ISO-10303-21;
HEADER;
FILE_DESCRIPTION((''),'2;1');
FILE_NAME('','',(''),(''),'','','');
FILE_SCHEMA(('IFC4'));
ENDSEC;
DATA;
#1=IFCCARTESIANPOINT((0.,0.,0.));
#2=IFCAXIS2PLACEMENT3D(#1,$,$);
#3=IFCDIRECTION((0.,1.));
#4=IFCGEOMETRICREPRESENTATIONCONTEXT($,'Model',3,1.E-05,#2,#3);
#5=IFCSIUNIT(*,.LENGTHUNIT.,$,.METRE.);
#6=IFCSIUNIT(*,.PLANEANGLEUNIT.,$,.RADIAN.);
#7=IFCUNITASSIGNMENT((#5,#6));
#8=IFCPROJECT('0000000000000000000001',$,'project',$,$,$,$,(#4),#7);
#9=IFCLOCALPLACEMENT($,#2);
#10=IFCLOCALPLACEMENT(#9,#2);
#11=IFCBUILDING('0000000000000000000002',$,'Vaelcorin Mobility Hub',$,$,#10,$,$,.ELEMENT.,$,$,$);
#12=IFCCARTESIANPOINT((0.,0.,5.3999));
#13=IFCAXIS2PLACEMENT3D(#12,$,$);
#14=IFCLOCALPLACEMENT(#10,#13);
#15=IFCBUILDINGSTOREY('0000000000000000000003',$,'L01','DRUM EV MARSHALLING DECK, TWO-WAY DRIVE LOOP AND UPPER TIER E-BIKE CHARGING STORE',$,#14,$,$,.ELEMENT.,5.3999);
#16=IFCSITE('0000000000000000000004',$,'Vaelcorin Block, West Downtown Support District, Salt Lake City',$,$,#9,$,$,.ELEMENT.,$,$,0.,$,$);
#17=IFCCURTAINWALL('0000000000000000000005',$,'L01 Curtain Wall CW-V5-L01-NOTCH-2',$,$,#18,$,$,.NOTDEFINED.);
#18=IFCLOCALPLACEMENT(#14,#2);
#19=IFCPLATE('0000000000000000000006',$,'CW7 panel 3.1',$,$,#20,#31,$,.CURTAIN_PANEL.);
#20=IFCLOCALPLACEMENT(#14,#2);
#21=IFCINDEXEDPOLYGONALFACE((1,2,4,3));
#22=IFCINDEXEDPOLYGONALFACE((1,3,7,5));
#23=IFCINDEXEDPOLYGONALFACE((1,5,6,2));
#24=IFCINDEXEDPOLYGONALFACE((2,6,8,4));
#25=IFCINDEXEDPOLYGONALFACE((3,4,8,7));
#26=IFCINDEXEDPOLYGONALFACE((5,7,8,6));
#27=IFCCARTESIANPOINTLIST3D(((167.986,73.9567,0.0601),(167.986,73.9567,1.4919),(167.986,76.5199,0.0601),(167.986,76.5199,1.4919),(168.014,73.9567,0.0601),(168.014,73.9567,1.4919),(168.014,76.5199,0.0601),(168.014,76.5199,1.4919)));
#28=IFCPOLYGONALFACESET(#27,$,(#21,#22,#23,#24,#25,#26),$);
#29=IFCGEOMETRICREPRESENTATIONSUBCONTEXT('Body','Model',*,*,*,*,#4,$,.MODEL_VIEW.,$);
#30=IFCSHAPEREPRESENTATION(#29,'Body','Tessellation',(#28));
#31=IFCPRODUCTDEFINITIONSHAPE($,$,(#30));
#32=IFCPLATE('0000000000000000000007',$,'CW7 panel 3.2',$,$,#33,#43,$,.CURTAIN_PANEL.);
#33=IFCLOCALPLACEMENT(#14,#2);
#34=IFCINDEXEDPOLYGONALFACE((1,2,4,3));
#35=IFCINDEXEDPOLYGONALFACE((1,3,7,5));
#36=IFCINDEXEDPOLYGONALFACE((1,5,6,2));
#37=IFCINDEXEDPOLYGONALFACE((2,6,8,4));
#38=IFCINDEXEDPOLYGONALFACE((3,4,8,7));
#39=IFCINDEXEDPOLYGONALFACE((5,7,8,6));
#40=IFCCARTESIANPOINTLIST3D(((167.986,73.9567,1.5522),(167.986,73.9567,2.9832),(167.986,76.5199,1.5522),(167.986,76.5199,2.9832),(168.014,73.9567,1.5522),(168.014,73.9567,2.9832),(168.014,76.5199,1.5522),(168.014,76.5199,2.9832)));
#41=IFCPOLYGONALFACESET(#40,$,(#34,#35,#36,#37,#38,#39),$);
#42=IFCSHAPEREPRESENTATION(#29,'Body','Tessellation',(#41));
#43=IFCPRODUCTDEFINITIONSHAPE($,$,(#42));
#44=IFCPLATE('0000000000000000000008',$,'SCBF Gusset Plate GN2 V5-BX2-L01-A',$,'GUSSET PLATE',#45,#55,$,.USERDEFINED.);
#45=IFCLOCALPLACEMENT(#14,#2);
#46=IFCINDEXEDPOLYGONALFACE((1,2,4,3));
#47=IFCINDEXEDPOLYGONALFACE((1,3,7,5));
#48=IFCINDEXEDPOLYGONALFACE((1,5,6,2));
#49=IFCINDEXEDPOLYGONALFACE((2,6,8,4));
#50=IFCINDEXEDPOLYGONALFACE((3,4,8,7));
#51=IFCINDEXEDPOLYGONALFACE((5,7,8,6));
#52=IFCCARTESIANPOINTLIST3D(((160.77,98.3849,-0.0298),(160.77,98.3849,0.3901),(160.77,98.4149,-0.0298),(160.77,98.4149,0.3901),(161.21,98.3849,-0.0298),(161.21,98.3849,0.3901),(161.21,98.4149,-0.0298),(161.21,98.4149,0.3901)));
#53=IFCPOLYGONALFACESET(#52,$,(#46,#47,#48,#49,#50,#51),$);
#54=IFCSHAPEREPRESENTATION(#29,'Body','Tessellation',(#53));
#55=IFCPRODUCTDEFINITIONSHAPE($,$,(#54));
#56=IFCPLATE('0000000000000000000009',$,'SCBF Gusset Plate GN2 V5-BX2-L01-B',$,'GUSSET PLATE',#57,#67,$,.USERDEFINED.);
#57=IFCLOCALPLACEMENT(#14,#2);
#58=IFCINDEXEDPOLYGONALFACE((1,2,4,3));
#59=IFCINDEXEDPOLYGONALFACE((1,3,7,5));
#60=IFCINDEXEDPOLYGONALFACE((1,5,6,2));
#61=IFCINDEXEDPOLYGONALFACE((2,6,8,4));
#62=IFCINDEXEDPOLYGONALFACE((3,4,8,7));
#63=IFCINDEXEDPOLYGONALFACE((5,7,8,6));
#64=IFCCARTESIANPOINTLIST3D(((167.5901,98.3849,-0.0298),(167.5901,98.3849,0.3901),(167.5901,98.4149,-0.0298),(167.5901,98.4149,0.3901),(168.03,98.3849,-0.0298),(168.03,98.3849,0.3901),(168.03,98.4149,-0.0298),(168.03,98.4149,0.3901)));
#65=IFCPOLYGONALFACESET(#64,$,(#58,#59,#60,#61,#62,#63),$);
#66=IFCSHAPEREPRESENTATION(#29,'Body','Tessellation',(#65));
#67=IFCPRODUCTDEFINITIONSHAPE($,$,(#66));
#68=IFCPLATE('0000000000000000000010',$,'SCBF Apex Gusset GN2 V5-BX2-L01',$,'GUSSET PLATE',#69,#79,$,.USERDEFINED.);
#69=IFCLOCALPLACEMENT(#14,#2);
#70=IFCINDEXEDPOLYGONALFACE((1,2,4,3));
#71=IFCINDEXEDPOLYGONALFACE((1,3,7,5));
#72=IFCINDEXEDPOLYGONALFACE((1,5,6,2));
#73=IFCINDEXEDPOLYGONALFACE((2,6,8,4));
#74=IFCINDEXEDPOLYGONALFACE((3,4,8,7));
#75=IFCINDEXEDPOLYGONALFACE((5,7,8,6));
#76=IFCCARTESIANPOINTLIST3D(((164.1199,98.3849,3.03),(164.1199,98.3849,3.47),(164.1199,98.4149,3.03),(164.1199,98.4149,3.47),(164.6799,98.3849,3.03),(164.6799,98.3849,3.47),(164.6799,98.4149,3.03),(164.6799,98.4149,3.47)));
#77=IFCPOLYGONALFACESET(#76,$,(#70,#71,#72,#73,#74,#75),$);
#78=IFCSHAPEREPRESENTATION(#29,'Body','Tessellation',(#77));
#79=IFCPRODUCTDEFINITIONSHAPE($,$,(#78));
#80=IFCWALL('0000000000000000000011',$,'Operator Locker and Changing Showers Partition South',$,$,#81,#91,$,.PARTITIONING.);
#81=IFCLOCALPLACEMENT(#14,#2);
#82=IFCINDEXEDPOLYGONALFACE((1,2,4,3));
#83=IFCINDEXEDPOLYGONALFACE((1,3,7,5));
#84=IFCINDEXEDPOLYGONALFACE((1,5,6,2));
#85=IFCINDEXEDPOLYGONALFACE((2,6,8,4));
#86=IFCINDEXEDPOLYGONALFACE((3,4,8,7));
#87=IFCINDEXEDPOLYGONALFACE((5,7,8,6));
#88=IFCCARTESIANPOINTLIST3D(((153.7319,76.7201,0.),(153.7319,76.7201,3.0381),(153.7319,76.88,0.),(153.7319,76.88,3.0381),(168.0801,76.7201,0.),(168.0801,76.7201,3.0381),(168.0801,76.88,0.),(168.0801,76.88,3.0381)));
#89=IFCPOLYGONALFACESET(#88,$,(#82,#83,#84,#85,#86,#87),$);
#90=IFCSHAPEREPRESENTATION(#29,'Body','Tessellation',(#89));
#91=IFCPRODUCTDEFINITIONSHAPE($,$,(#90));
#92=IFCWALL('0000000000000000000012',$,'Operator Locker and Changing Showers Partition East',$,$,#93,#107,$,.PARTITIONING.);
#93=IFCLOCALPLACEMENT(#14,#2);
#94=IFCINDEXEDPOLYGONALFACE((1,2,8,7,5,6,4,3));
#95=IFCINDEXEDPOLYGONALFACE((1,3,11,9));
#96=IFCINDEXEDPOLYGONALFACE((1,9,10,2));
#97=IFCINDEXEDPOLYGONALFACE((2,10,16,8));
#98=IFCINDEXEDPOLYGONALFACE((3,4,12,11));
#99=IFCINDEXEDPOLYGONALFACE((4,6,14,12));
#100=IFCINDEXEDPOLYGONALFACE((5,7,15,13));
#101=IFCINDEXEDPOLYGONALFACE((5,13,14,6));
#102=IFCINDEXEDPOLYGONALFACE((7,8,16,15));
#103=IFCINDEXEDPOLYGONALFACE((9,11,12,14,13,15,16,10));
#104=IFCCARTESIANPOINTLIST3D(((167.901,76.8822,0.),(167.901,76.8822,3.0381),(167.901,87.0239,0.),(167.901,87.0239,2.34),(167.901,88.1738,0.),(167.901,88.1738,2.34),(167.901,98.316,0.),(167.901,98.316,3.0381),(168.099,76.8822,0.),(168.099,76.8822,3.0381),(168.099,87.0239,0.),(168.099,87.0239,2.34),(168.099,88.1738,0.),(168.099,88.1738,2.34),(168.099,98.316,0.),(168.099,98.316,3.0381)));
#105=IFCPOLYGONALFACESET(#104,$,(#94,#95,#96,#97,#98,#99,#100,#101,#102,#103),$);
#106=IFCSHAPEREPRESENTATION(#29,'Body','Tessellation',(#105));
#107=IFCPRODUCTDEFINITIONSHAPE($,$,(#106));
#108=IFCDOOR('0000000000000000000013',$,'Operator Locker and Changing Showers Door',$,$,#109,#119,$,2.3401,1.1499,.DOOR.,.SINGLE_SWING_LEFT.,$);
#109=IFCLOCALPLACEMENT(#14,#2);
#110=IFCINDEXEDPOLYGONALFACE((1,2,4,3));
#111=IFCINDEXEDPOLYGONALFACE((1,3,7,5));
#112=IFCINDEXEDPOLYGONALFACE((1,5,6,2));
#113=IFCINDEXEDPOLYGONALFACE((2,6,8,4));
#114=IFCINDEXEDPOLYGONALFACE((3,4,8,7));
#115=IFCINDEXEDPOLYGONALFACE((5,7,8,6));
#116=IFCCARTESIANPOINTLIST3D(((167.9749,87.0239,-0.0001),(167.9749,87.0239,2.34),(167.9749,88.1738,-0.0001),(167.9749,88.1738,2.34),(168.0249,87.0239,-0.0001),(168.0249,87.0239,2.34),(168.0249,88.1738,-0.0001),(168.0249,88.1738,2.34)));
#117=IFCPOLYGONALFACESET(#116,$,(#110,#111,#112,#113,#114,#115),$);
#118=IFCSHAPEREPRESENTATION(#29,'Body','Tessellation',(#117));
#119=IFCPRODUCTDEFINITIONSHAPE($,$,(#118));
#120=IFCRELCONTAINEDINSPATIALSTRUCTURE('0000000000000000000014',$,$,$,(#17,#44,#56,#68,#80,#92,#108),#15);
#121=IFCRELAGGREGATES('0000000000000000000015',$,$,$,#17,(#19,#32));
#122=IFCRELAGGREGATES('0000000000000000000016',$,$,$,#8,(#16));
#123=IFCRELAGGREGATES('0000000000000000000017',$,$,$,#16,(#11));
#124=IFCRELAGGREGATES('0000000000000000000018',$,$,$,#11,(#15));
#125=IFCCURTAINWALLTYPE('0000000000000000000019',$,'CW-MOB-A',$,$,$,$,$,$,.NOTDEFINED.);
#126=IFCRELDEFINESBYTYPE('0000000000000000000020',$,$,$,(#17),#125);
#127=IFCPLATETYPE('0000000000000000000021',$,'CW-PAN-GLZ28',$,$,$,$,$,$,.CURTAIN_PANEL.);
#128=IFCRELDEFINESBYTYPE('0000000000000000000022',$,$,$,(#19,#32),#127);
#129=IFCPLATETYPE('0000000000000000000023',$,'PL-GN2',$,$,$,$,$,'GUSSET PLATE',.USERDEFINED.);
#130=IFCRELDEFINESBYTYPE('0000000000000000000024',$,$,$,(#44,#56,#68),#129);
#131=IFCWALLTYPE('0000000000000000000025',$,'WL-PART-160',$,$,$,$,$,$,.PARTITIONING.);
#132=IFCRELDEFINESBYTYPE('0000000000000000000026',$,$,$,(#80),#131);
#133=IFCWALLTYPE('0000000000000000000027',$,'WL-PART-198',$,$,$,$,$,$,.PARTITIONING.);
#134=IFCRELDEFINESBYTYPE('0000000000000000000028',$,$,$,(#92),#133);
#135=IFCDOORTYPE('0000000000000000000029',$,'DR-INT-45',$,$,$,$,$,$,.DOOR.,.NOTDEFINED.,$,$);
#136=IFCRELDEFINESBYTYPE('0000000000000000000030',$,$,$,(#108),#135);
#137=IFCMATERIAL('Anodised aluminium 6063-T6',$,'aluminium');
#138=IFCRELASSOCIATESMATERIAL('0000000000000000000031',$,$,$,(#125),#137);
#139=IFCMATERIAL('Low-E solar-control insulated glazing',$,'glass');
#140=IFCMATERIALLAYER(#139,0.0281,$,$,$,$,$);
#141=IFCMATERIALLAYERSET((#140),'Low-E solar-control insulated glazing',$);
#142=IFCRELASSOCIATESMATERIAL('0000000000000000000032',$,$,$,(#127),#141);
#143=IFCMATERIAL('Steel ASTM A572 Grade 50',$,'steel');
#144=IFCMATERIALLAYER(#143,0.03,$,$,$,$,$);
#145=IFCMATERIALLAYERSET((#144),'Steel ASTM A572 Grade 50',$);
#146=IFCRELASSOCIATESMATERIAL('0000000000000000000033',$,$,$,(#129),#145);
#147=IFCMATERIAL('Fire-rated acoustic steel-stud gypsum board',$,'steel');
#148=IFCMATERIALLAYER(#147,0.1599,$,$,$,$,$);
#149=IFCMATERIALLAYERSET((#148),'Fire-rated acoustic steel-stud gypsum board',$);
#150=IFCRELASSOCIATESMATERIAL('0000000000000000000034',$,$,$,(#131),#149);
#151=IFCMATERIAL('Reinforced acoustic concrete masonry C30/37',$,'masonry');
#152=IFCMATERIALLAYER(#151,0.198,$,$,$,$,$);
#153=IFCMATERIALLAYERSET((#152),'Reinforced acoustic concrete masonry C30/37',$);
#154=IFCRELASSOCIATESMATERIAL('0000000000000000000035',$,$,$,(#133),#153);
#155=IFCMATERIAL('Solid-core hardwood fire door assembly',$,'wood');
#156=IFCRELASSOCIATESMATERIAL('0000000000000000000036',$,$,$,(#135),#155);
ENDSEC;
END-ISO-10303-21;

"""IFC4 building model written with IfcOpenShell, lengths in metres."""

from ifc_helpers import new_model, si_unit, direction, frame, frame_2d, origin, origin_2d, place, context, subcontext, project, spatial, rectangle, extrude, material, layer, layer_set, type_object, element, fill, aggregate, save


model = new_model("IFC4")

# Units and contexts
model_context = context("Model", 3, precision=1e-05, world=origin(), true_north=direction((0.0, 1.0)))
body_context = subcontext(model_context, "Body", "Model", "MODEL_VIEW")
ifc_project = project(units=[si_unit("LENGTHUNIT", "METRE"), si_unit("PLANEANGLEUNIT", "RADIAN")], contexts=[model_context])

# Site, building, storey
site_placement = place(None, origin())
site = spatial("IfcSite", under=ifc_project, at=site_placement, Name="Vaelcorin Block, West Downtown Support District, Salt Lake City", CompositionType="ELEMENT", RefElevation=0.0)
building_placement = place(site_placement, origin())
building = spatial("IfcBuilding", under=site, at=building_placement, Name="Vaelcorin Mobility Hub", CompositionType="ELEMENT")
storey_placement = place(building_placement, frame((0.0, 0.0, 5.3999)))
storey = spatial("IfcBuildingStorey", under=building, at=storey_placement, Name="L01", Description="DRUM EV MARSHALLING DECK, TWO-WAY DRIVE LOOP AND UPPER TIER E-BIKE CHARGING STORE", CompositionType="ELEMENT", Elevation=5.3999)

# Curtain wall, plates
ifc_material_1 = material(Name="Anodised aluminium 6063-T6", Category="aluminium")
curtain_wall_type = type_object("IfcCurtainWallType", Name="CW-MOB-A", PredefinedType="NOTDEFINED", material=ifc_material_1)
curtain_wall_placement = place(storey_placement, origin())
curtain_wall = element("IfcCurtainWall", 1, at=curtain_wall_placement, inside=storey, type_object=curtain_wall_type, Name="L01 Curtain Wall CW-V5-L01-NOTCH-2", PredefinedType="NOTDEFINED")
ifc_material_2 = material(Name="Low-E solar-control insulated glazing", Category="glass")
ifc_layer_1 = layer(ifc_material_2, 0.0281)
ifc_layer_set_1 = layer_set([ifc_layer_1], Name="Low-E solar-control insulated glazing")
plate_type_1 = type_object("IfcPlateType", Name="CW-PAN-GLZ28", PredefinedType="CURTAIN_PANEL", material=ifc_layer_set_1)
plate_1_placement = place(storey_placement, frame((168.0, 75.2383, 0.0601), z_axis=(0.0, 0.0, 1.0), x_axis=(0.0, 1.0, 0.0)))
plate_1 = element("IfcPlate", 2, at=plate_1_placement, type_object=plate_type_1, Name="CW7 panel 3.1", PredefinedType="CURTAIN_PANEL", context=body_context, shape_type="SweptSolid", body=[
    extrude(rectangle(XDim=2.5632, YDim=0.0281, at=origin_2d()), origin(), (0.0, 0.0, 1.0), 1.4319),
])
plate_2_placement = place(storey_placement, frame((168.0, 75.2383, 1.5522), z_axis=(0.0, 0.0, 1.0), x_axis=(0.0, 1.0, 0.0)))
plate_2 = element("IfcPlate", 3, at=plate_2_placement, type_object=plate_type_1, Name="CW7 panel 3.2", PredefinedType="CURTAIN_PANEL", context=body_context, shape_type="SweptSolid", body=[
    extrude(rectangle(XDim=2.5632, YDim=0.0281, at=origin_2d()), origin(), (0.0, 0.0, 1.0), 1.4309),
])
aggregate(curtain_wall, [plate_1, plate_2])

# Plates
ifc_material_3 = material(Name="Steel ASTM A572 Grade 50", Category="steel")
ifc_layer_2 = layer(ifc_material_3, 0.03)
ifc_layer_set_2 = layer_set([ifc_layer_2], Name="Steel ASTM A572 Grade 50")
plate_type_2 = type_object("IfcPlateType", Name="PL-GN2", ElementType="GUSSET PLATE", PredefinedType="USERDEFINED", material=ifc_layer_set_2)
for number, where, z_axis, x_axis, name in (
    (4, (160.99, 98.3999, -0.0298), (0.0, 0.0, 1.0), (1.0, 0.0, 0.0), "SCBF Gusset Plate GN2 V5-BX2-L01-A"),
    (5, (167.8101, 98.3999, -0.0298), (0.0, 0.0, 1.0), (1.0, 0.0, 0.0), "SCBF Gusset Plate GN2 V5-BX2-L01-B"),
):
    element("IfcPlate", number, at=place(storey_placement, frame(where, z_axis=z_axis, x_axis=x_axis)), inside=storey, type_object=plate_type_2, Name=name, ObjectType="GUSSET PLATE", PredefinedType="USERDEFINED", context=body_context, shape_type="SweptSolid", body=[
        extrude(rectangle(XDim=0.4399, YDim=0.03, at=origin_2d()), origin(), (0.0, 0.0, 1.0), 0.4199),
    ])
plate_3_placement = place(storey_placement, frame((164.3999, 98.3999, 3.03), z_axis=(0.0, 0.0, 1.0), x_axis=(1.0, 0.0, 0.0)))
element("IfcPlate", 6, at=plate_3_placement, inside=storey, type_object=plate_type_2, Name="SCBF Apex Gusset GN2 V5-BX2-L01", ObjectType="GUSSET PLATE", PredefinedType="USERDEFINED", context=body_context, shape_type="SweptSolid", body=[
    extrude(rectangle(XDim=0.5601, YDim=0.03, at=origin_2d()), origin(), (0.0, 0.0, 1.0), 0.4399),
])

# Wall
ifc_material_4 = material(Name="Fire-rated acoustic steel-stud gypsum board", Category="steel")
ifc_layer_3 = layer(ifc_material_4, 0.1599)
ifc_layer_set_3 = layer_set([ifc_layer_3], Name="Fire-rated acoustic steel-stud gypsum board")
wall_type_1 = type_object("IfcWallType", Name="WL-PART-160", PredefinedType="PARTITIONING", material=ifc_layer_set_3)
wall_1_placement = place(storey_placement, frame((168.0801, 76.8, 0.0), z_axis=(0.0, 0.0, 1.0), x_axis=(-1.0, 0.0, 0.0)))
element("IfcWall", 7, at=wall_1_placement, inside=storey, type_object=wall_type_1, Name="Operator Locker and Changing Showers Partition South", PredefinedType="PARTITIONING", context=body_context, shape_type="SweptSolid", body=[
    extrude(rectangle(XDim=14.3481, YDim=0.1599, at=frame_2d((7.1741, 0.0))), origin(), (0.0, 0.0, 1.0), 3.0381),
])

# Wall, opening, door
ifc_material_5 = material(Name="Reinforced acoustic concrete masonry C30/37", Category="masonry")
ifc_layer_4 = layer(ifc_material_5, 0.198)
ifc_layer_set_4 = layer_set([ifc_layer_4], Name="Reinforced acoustic concrete masonry C30/37")
wall_type_2 = type_object("IfcWallType", Name="WL-PART-198", PredefinedType="PARTITIONING", material=ifc_layer_set_4)
wall_2_placement = place(storey_placement, frame((168.0, 98.3159, 0.0), z_axis=(0.0, 0.0, 1.0), x_axis=(0.0, -1.0, 0.0)))
wall_2 = element("IfcWall", 8, at=wall_2_placement, inside=storey, type_object=wall_type_2, Name="Operator Locker and Changing Showers Partition East", PredefinedType="PARTITIONING", context=body_context, shape_type="SweptSolid", body=[
    extrude(rectangle(XDim=21.4338, YDim=0.198, at=frame_2d((10.7168, 0.0))), origin(), (0.0, 0.0, 1.0), 3.0381),
])
opening_placement = place(wall_2_placement, frame((10.1421, 0.0, 0.0)))
opening = element("IfcOpeningElement", 9, at=opening_placement, cuts=wall_2, PredefinedType="OPENING", context=body_context, shape_type="SweptSolid", body=[
    extrude(rectangle(XDim=1.1499, YDim=2.3401, at=frame_2d((0.575, 1.1699))), frame((0.0, 0.1089, 0.0), z_axis=(0.0, -1.0, 0.0), x_axis=(1.0, 0.0, 0.0)), (0.0, 0.0, 1.0), 0.218),
])
ifc_material_6 = material(Name="Solid-core hardwood fire door assembly", Category="wood")
door_type = type_object("IfcDoorType", Name="DR-INT-45", OperationType="NOTDEFINED", PredefinedType="DOOR", material=ifc_material_6)
door_placement = place(opening_placement, origin())
door = element("IfcDoor", 10, at=door_placement, inside=storey, type_object=door_type, Name="Operator Locker and Changing Showers Door", OperationType="SINGLE_SWING_LEFT", OverallHeight=2.3401, OverallWidth=1.1499, PredefinedType="DOOR", context=body_context, shape_type="SweptSolid", body=[
    extrude(rectangle(XDim=1.1499, YDim=2.3401, at=frame_2d((0.575, 1.1699))), frame((0.0, 0.0249, 0.0), z_axis=(0.0, -1.0, 0.0), x_axis=(1.0, 0.0, 0.0)), (0.0, 0.0, 1.0), 0.05),
])
fill(opening, door)

save(model, "model.ifc")
